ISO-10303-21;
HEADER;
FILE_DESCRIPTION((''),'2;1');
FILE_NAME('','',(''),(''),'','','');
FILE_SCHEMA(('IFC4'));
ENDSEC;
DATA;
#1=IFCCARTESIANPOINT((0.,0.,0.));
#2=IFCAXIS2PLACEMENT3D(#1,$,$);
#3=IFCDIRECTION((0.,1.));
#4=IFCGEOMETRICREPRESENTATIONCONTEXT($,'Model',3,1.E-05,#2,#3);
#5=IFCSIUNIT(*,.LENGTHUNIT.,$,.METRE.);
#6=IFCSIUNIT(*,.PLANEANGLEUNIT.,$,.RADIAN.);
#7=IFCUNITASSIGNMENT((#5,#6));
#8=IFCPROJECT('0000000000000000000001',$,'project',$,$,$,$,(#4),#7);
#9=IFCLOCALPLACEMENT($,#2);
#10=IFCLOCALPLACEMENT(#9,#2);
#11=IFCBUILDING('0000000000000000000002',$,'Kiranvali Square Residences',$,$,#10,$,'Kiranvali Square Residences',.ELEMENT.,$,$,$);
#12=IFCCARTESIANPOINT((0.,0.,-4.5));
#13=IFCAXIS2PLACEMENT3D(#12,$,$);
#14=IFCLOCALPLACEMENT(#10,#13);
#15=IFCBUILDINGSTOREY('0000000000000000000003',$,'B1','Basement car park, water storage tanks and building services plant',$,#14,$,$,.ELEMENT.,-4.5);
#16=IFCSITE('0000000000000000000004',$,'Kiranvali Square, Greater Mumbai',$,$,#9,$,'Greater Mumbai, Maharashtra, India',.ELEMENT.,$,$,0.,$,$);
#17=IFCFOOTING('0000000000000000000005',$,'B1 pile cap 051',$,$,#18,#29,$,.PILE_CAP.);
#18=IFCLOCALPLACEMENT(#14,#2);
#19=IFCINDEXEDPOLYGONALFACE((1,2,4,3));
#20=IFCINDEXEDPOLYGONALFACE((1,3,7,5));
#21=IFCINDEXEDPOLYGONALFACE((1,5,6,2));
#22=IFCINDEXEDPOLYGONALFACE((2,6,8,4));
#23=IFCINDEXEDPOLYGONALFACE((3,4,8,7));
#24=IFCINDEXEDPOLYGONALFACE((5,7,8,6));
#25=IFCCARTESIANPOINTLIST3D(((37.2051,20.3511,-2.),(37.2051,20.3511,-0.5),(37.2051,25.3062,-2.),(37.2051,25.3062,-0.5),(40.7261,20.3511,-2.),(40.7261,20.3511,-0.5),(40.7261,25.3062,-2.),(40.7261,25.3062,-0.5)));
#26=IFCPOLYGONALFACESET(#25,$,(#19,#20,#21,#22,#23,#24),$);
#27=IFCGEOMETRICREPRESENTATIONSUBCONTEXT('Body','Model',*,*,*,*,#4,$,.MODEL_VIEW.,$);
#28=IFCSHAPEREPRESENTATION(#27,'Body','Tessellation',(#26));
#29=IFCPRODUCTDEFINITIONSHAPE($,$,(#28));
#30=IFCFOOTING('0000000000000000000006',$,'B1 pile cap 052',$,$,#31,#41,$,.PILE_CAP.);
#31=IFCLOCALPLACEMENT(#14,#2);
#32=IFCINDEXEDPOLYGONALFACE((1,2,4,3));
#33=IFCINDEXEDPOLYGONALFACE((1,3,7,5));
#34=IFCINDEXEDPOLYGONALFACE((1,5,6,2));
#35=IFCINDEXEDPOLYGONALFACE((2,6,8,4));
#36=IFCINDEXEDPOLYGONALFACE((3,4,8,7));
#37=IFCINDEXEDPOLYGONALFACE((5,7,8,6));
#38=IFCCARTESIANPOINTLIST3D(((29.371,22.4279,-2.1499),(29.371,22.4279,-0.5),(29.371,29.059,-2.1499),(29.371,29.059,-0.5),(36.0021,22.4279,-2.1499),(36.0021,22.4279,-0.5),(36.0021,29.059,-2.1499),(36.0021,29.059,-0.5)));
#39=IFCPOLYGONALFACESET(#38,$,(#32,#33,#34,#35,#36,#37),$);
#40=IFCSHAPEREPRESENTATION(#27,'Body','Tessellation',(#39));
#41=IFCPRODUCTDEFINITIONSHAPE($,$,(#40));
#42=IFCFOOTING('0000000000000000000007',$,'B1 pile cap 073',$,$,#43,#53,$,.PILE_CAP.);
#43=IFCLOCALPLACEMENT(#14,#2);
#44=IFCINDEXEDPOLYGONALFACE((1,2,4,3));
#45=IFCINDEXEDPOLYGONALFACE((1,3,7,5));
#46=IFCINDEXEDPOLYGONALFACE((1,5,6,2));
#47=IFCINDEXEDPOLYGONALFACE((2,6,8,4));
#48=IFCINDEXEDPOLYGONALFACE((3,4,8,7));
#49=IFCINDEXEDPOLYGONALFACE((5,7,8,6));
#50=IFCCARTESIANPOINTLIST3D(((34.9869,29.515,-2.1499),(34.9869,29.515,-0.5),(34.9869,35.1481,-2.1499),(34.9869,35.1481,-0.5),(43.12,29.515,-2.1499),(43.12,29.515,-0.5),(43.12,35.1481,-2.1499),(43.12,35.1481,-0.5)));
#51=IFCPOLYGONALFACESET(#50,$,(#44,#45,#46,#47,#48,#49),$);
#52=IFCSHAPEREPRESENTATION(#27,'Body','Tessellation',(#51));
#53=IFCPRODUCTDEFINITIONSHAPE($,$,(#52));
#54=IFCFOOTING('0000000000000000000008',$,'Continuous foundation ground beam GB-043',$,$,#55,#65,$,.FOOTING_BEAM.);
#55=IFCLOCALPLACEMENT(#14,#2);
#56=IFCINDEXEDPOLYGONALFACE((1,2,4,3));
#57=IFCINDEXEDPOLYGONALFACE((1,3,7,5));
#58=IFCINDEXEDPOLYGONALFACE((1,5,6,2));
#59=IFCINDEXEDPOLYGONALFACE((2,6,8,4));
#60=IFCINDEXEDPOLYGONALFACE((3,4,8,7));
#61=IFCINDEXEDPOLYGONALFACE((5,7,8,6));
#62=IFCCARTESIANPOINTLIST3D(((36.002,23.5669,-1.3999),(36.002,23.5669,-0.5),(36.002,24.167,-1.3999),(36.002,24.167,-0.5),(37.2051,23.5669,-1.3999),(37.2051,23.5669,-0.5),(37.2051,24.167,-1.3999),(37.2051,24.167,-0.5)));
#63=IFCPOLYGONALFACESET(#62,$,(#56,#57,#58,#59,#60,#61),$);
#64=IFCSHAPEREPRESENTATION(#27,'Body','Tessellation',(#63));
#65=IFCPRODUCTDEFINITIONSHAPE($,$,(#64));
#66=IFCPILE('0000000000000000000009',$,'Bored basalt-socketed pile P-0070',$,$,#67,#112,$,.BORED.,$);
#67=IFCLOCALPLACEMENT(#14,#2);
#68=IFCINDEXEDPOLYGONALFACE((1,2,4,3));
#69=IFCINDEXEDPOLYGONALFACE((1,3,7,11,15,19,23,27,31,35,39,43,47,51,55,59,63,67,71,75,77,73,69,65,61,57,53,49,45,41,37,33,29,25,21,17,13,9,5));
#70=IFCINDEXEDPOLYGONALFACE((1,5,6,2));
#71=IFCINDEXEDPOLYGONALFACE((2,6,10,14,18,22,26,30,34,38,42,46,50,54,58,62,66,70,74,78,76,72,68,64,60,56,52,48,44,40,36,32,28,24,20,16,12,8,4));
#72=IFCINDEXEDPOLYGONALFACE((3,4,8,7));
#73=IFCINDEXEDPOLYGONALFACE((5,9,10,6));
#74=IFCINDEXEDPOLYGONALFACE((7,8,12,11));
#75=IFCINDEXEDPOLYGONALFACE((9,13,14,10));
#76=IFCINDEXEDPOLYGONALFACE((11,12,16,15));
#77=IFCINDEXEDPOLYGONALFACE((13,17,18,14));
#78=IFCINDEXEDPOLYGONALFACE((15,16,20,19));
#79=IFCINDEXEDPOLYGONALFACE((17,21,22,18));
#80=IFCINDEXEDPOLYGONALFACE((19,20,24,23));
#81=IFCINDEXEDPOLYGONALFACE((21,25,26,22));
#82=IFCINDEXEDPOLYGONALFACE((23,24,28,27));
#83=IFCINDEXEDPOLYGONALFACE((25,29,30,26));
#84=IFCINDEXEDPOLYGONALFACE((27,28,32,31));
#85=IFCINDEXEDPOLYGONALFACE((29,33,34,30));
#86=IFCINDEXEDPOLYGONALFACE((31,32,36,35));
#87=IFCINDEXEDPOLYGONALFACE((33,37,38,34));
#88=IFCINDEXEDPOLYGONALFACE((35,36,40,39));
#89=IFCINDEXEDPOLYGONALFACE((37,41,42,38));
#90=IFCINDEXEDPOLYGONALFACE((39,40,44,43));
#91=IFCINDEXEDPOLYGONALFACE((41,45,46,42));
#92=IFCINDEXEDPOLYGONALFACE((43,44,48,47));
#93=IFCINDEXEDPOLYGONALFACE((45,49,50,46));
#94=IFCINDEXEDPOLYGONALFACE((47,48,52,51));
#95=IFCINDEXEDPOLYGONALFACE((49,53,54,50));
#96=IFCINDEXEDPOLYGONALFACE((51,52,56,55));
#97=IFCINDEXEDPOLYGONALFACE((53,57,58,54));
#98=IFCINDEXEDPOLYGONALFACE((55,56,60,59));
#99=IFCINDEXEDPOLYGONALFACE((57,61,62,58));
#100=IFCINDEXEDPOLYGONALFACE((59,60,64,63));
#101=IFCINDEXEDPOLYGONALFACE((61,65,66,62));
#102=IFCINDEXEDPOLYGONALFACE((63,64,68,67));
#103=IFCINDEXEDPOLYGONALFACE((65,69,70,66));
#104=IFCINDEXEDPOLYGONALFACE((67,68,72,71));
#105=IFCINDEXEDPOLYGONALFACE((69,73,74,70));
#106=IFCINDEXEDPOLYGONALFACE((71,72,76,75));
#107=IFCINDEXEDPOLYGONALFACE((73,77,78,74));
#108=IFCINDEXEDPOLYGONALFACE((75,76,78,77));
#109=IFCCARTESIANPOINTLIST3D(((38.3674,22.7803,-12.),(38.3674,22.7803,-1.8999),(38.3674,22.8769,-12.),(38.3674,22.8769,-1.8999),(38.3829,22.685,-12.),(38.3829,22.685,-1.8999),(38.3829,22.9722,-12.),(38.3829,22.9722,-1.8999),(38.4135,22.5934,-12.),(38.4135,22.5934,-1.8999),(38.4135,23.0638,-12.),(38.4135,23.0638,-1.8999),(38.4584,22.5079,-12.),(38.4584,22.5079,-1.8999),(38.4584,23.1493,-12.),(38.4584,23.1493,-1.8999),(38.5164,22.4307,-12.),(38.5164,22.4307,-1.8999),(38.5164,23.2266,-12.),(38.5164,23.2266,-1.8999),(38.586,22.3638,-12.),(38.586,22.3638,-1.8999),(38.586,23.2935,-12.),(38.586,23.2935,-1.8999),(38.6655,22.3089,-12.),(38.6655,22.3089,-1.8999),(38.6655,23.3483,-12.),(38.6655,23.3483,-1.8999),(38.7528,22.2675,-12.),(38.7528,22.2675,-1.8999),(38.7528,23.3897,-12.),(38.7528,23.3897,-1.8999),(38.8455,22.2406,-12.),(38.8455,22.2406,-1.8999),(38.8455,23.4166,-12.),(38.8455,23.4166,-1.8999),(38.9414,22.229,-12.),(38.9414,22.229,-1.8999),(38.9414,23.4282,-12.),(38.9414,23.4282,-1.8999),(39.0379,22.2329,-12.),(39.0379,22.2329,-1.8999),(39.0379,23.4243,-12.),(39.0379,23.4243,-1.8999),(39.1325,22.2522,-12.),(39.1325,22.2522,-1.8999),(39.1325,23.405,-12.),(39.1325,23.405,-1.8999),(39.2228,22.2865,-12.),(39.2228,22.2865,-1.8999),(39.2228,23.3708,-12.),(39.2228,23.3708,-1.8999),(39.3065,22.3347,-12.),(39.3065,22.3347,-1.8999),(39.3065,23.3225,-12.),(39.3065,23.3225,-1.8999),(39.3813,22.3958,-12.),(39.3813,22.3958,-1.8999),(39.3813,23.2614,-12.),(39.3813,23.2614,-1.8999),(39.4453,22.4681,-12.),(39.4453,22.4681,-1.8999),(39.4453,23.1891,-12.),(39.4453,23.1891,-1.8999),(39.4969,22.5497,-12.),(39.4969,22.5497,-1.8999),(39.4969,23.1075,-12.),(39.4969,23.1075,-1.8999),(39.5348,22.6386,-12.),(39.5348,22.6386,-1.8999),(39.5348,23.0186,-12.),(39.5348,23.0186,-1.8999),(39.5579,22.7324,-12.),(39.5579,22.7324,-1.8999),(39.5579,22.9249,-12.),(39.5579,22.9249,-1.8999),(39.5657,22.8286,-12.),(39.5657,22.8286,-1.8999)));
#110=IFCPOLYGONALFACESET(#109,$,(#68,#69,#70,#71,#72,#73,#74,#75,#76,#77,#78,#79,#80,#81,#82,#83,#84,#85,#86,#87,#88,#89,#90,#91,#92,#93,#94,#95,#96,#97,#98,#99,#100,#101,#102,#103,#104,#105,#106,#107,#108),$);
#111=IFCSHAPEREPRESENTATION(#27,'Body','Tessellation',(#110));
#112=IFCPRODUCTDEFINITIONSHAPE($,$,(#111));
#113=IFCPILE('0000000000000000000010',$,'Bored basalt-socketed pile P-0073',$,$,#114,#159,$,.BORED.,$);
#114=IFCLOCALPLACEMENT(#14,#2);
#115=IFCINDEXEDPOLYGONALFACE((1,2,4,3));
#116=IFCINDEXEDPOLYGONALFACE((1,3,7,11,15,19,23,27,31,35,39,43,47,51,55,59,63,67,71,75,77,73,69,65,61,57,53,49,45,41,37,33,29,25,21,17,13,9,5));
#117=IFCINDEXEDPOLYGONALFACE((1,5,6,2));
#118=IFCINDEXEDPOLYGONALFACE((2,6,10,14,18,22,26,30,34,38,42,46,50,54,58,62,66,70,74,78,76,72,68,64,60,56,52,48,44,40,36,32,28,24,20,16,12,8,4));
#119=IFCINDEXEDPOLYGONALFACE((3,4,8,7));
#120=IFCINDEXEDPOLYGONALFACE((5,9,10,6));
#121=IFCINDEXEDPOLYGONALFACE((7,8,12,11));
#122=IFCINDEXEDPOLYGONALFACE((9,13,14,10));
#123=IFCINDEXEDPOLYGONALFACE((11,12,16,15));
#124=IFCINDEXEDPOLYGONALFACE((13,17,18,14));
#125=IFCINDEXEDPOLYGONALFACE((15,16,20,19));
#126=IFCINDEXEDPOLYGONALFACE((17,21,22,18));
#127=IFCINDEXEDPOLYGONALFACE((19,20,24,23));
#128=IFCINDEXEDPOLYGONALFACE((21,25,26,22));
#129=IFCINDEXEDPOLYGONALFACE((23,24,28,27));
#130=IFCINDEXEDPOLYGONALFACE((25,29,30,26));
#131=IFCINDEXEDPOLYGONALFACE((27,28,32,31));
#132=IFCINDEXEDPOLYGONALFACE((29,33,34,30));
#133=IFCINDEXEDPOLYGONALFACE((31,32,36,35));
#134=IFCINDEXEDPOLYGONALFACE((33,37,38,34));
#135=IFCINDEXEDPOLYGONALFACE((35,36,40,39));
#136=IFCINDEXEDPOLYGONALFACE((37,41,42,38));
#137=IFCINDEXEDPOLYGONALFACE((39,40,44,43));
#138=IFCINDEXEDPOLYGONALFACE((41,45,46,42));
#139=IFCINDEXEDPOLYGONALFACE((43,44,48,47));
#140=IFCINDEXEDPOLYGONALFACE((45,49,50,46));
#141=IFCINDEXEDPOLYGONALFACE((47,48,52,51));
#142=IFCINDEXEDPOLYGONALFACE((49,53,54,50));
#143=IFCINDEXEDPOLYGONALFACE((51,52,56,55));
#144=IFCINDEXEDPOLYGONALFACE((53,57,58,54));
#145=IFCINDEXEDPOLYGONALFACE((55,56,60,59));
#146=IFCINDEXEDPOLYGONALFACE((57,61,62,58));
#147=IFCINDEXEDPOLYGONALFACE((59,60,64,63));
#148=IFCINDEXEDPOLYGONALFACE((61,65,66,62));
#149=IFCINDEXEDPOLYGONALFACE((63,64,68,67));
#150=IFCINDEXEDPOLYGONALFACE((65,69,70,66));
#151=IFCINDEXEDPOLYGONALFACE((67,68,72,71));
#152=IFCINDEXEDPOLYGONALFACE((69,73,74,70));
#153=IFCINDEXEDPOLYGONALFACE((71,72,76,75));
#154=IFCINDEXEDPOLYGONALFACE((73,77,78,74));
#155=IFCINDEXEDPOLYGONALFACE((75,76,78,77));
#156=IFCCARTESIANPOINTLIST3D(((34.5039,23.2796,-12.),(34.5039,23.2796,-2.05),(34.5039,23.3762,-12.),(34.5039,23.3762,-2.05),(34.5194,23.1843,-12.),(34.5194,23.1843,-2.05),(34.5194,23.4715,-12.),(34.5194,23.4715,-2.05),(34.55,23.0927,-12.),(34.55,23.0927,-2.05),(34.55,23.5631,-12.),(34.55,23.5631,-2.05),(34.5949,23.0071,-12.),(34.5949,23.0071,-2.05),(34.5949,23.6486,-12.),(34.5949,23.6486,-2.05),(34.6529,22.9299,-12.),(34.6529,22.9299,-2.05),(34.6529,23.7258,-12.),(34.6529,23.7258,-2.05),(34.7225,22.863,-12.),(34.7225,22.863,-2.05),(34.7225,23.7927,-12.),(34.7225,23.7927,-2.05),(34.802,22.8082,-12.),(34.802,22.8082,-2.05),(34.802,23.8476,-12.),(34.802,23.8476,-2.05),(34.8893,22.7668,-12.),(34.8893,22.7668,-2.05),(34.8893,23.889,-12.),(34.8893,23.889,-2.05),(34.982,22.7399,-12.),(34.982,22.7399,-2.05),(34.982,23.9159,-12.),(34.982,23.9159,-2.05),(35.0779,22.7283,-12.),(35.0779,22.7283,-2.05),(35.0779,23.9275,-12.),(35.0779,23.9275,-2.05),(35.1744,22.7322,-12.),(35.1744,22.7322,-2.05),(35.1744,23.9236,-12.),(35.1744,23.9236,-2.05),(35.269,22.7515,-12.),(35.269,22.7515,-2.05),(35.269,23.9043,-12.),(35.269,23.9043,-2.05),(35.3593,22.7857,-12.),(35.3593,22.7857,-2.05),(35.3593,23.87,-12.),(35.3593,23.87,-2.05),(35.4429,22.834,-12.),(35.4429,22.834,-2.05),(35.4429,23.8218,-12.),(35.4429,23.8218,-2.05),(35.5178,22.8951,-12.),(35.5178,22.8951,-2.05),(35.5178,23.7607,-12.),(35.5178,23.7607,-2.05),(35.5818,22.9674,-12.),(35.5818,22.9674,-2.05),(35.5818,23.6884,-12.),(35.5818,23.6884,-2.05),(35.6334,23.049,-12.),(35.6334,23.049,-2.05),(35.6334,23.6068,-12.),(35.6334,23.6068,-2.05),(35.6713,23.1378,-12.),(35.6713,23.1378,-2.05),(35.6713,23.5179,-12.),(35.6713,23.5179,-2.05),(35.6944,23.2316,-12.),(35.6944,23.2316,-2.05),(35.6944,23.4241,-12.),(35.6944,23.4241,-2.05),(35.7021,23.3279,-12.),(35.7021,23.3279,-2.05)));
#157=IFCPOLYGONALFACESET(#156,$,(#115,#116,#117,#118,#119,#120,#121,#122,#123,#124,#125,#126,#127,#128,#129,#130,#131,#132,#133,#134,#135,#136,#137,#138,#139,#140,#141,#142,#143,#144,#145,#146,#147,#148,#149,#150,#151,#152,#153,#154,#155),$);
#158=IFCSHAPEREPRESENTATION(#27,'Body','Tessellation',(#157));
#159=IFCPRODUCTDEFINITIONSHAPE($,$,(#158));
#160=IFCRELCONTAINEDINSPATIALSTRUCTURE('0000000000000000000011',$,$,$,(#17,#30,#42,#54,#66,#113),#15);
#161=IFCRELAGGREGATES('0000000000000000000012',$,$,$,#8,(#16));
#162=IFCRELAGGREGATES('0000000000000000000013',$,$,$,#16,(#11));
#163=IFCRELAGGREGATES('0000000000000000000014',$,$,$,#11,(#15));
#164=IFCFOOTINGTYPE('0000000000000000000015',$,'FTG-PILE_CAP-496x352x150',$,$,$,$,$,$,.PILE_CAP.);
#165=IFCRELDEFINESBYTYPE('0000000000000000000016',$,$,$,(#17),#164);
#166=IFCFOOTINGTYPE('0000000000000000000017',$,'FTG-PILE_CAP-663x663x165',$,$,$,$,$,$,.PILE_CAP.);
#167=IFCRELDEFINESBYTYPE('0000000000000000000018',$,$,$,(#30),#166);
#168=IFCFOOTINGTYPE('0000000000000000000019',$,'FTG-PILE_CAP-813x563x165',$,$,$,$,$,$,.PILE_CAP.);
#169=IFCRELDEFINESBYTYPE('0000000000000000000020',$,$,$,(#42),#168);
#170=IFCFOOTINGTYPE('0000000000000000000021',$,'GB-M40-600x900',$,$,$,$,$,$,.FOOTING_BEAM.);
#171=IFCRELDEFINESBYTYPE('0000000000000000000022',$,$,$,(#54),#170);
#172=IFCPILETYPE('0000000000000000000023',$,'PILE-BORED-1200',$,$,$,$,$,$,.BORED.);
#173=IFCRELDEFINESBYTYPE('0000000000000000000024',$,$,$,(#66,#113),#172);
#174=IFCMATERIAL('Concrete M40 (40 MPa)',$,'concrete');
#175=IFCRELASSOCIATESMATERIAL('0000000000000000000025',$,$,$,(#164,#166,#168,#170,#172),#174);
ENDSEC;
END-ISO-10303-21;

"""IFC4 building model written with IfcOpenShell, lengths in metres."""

from ifc_helpers import new_model, si_unit, direction, frame, origin, origin_2d, place, context, subcontext, project, spatial, rectangle, circle, extrude, material, material_profile, profile_set, type_object, element, save


model = new_model("IFC4")

# Units and contexts
model_context = context("Model", 3, precision=1e-05, world=origin(), true_north=direction((0.0, 1.0)))
body_context = subcontext(model_context, "Body", "Model", "MODEL_VIEW")
ifc_project = project(units=[si_unit("LENGTHUNIT", "METRE"), si_unit("PLANEANGLEUNIT", "RADIAN")], contexts=[model_context])

# Site, building, storey
site_placement = place(None, origin())
site = spatial("IfcSite", under=ifc_project, at=site_placement, Name="Kiranvali Square, Greater Mumbai", LongName="Greater Mumbai, Maharashtra, India", CompositionType="ELEMENT", RefElevation=0.0)
building_placement = place(site_placement, origin())
building = spatial("IfcBuilding", under=site, at=building_placement, Name="Kiranvali Square Residences", LongName="Kiranvali Square Residences", CompositionType="ELEMENT")
storey_placement = place(building_placement, frame((0.0, 0.0, -4.5)))
storey = spatial("IfcBuildingStorey", under=building, at=storey_placement, Name="B1", Description="Basement car park, water storage tanks and building services plant", CompositionType="ELEMENT", Elevation=-4.5)

# Footings
ifc_material_1 = material(Name="Concrete M40 (40 MPa)", Category="concrete")
footing_type_1 = type_object("IfcFootingType", Name="FTG-PILE_CAP-496x352x150", PredefinedType="PILE_CAP", material=ifc_material_1)
footing_1_placement = place(storey_placement, frame((38.9656, 22.8286, -2.0), z_axis=(0.0, 0.0, 1.0), x_axis=(0.0, 1.0, 0.0)))
element("IfcFooting", 1, at=footing_1_placement, inside=storey, type_object=footing_type_1, Name="B1 pile cap 051", PredefinedType="PILE_CAP", context=body_context, shape_type="SweptSolid", body=[
    extrude(rectangle(XDim=4.9551, YDim=3.521, at=origin_2d()), origin(), (0.0, 0.0, 1.0), 1.5),
])
footing_type_2 = type_object("IfcFootingType", Name="FTG-PILE_CAP-663x663x165", PredefinedType="PILE_CAP", material=ifc_material_1)
footing_2_placement = place(storey_placement, frame((32.6865, 25.7434, -2.1499), z_axis=(0.0, 0.0, 1.0), x_axis=(1.0, 0.0, 0.0)))
element("IfcFooting", 2, at=footing_2_placement, inside=storey, type_object=footing_type_2, Name="B1 pile cap 052", PredefinedType="PILE_CAP", context=body_context, shape_type="SweptSolid", body=[
    extrude(rectangle(XDim=6.6311, YDim=6.6311, at=origin_2d()), origin(), (0.0, 0.0, 1.0), 1.6499),
])
footing_type_3 = type_object("IfcFootingType", Name="FTG-PILE_CAP-813x563x165", PredefinedType="PILE_CAP", material=ifc_material_1)
footing_3_placement = place(storey_placement, frame((39.0535, 32.3315, -2.1499), z_axis=(0.0, 0.0, 1.0), x_axis=(1.0, 0.0, 0.0)))
element("IfcFooting", 3, at=footing_3_placement, inside=storey, type_object=footing_type_3, Name="B1 pile cap 073", PredefinedType="PILE_CAP", context=body_context, shape_type="SweptSolid", body=[
    extrude(rectangle(XDim=8.1331, YDim=5.6331, at=origin_2d()), origin(), (0.0, 0.0, 1.0), 1.6499),
])
ifc_material_profile_1 = material_profile(ifc_material_1, rectangle(XDim=0.6001, YDim=0.8999, at=origin_2d()), Name="GB 600x900")
ifc_profile_set_1 = profile_set([ifc_material_profile_1], Name="Concrete M40 (40 MPa)")
footing_type_4 = type_object("IfcFootingType", Name="GB-M40-600x900", PredefinedType="FOOTING_BEAM", material=ifc_profile_set_1)
footing_4_placement = place(storey_placement, frame((36.002, 23.8669, -0.95), z_axis=(1.0, 0.0, 0.0), x_axis=(0.0, 1.0, 0.0)))
element("IfcFooting", 4, at=footing_4_placement, inside=storey, type_object=footing_type_4, Name="Continuous foundation ground beam GB-043", PredefinedType="FOOTING_BEAM", context=body_context, shape_type="SweptSolid", body=[
    extrude(rectangle(XDim=0.6001, YDim=0.8999, at=origin_2d()), origin(), (0.0, 0.0, 1.0), 1.2031),
])

# Piles
ifc_material_profile_2 = material_profile(ifc_material_1, circle(Radius=0.6001, at=origin_2d()), Name="BORED PILE 1200")
ifc_profile_set_2 = profile_set([ifc_material_profile_2], Name="Concrete M40 (40 MPa)")
pile_type = type_object("IfcPileType", Name="PILE-BORED-1200", PredefinedType="BORED", material=ifc_profile_set_2)
pile_placement = place(storey_placement, frame((38.9656, 22.8286, -1.8999), z_axis=(0.0, 0.0, -1.0), x_axis=(1.0, 0.0, 0.0)))
element("IfcPile", 5, at=pile_placement, inside=storey, type_object=pile_type, Name="Bored basalt-socketed pile P-0070", PredefinedType="BORED", context=body_context, shape_type="SweptSolid", body=[
    extrude(circle(Radius=0.6001, at=origin_2d()), origin(), (0.0, 0.0, 1.0), 10.1001),
])
for number, where, z_axis, x_axis, name in (
    (6, (35.1021, 23.3279, -2.05), (0.0, 0.0, -1.0), (1.0, 0.0, 0.0), "Bored basalt-socketed pile P-0073"),
):
    element("IfcPile", number, at=place(storey_placement, frame(where, z_axis=z_axis, x_axis=x_axis)), inside=storey, type_object=pile_type, Name=name, PredefinedType="BORED", context=body_context, shape_type="SweptSolid", body=[
        extrude(circle(Radius=0.6001, at=origin_2d()), origin(), (0.0, 0.0, 1.0), 9.95),
    ])

save(model, "model.ifc")
